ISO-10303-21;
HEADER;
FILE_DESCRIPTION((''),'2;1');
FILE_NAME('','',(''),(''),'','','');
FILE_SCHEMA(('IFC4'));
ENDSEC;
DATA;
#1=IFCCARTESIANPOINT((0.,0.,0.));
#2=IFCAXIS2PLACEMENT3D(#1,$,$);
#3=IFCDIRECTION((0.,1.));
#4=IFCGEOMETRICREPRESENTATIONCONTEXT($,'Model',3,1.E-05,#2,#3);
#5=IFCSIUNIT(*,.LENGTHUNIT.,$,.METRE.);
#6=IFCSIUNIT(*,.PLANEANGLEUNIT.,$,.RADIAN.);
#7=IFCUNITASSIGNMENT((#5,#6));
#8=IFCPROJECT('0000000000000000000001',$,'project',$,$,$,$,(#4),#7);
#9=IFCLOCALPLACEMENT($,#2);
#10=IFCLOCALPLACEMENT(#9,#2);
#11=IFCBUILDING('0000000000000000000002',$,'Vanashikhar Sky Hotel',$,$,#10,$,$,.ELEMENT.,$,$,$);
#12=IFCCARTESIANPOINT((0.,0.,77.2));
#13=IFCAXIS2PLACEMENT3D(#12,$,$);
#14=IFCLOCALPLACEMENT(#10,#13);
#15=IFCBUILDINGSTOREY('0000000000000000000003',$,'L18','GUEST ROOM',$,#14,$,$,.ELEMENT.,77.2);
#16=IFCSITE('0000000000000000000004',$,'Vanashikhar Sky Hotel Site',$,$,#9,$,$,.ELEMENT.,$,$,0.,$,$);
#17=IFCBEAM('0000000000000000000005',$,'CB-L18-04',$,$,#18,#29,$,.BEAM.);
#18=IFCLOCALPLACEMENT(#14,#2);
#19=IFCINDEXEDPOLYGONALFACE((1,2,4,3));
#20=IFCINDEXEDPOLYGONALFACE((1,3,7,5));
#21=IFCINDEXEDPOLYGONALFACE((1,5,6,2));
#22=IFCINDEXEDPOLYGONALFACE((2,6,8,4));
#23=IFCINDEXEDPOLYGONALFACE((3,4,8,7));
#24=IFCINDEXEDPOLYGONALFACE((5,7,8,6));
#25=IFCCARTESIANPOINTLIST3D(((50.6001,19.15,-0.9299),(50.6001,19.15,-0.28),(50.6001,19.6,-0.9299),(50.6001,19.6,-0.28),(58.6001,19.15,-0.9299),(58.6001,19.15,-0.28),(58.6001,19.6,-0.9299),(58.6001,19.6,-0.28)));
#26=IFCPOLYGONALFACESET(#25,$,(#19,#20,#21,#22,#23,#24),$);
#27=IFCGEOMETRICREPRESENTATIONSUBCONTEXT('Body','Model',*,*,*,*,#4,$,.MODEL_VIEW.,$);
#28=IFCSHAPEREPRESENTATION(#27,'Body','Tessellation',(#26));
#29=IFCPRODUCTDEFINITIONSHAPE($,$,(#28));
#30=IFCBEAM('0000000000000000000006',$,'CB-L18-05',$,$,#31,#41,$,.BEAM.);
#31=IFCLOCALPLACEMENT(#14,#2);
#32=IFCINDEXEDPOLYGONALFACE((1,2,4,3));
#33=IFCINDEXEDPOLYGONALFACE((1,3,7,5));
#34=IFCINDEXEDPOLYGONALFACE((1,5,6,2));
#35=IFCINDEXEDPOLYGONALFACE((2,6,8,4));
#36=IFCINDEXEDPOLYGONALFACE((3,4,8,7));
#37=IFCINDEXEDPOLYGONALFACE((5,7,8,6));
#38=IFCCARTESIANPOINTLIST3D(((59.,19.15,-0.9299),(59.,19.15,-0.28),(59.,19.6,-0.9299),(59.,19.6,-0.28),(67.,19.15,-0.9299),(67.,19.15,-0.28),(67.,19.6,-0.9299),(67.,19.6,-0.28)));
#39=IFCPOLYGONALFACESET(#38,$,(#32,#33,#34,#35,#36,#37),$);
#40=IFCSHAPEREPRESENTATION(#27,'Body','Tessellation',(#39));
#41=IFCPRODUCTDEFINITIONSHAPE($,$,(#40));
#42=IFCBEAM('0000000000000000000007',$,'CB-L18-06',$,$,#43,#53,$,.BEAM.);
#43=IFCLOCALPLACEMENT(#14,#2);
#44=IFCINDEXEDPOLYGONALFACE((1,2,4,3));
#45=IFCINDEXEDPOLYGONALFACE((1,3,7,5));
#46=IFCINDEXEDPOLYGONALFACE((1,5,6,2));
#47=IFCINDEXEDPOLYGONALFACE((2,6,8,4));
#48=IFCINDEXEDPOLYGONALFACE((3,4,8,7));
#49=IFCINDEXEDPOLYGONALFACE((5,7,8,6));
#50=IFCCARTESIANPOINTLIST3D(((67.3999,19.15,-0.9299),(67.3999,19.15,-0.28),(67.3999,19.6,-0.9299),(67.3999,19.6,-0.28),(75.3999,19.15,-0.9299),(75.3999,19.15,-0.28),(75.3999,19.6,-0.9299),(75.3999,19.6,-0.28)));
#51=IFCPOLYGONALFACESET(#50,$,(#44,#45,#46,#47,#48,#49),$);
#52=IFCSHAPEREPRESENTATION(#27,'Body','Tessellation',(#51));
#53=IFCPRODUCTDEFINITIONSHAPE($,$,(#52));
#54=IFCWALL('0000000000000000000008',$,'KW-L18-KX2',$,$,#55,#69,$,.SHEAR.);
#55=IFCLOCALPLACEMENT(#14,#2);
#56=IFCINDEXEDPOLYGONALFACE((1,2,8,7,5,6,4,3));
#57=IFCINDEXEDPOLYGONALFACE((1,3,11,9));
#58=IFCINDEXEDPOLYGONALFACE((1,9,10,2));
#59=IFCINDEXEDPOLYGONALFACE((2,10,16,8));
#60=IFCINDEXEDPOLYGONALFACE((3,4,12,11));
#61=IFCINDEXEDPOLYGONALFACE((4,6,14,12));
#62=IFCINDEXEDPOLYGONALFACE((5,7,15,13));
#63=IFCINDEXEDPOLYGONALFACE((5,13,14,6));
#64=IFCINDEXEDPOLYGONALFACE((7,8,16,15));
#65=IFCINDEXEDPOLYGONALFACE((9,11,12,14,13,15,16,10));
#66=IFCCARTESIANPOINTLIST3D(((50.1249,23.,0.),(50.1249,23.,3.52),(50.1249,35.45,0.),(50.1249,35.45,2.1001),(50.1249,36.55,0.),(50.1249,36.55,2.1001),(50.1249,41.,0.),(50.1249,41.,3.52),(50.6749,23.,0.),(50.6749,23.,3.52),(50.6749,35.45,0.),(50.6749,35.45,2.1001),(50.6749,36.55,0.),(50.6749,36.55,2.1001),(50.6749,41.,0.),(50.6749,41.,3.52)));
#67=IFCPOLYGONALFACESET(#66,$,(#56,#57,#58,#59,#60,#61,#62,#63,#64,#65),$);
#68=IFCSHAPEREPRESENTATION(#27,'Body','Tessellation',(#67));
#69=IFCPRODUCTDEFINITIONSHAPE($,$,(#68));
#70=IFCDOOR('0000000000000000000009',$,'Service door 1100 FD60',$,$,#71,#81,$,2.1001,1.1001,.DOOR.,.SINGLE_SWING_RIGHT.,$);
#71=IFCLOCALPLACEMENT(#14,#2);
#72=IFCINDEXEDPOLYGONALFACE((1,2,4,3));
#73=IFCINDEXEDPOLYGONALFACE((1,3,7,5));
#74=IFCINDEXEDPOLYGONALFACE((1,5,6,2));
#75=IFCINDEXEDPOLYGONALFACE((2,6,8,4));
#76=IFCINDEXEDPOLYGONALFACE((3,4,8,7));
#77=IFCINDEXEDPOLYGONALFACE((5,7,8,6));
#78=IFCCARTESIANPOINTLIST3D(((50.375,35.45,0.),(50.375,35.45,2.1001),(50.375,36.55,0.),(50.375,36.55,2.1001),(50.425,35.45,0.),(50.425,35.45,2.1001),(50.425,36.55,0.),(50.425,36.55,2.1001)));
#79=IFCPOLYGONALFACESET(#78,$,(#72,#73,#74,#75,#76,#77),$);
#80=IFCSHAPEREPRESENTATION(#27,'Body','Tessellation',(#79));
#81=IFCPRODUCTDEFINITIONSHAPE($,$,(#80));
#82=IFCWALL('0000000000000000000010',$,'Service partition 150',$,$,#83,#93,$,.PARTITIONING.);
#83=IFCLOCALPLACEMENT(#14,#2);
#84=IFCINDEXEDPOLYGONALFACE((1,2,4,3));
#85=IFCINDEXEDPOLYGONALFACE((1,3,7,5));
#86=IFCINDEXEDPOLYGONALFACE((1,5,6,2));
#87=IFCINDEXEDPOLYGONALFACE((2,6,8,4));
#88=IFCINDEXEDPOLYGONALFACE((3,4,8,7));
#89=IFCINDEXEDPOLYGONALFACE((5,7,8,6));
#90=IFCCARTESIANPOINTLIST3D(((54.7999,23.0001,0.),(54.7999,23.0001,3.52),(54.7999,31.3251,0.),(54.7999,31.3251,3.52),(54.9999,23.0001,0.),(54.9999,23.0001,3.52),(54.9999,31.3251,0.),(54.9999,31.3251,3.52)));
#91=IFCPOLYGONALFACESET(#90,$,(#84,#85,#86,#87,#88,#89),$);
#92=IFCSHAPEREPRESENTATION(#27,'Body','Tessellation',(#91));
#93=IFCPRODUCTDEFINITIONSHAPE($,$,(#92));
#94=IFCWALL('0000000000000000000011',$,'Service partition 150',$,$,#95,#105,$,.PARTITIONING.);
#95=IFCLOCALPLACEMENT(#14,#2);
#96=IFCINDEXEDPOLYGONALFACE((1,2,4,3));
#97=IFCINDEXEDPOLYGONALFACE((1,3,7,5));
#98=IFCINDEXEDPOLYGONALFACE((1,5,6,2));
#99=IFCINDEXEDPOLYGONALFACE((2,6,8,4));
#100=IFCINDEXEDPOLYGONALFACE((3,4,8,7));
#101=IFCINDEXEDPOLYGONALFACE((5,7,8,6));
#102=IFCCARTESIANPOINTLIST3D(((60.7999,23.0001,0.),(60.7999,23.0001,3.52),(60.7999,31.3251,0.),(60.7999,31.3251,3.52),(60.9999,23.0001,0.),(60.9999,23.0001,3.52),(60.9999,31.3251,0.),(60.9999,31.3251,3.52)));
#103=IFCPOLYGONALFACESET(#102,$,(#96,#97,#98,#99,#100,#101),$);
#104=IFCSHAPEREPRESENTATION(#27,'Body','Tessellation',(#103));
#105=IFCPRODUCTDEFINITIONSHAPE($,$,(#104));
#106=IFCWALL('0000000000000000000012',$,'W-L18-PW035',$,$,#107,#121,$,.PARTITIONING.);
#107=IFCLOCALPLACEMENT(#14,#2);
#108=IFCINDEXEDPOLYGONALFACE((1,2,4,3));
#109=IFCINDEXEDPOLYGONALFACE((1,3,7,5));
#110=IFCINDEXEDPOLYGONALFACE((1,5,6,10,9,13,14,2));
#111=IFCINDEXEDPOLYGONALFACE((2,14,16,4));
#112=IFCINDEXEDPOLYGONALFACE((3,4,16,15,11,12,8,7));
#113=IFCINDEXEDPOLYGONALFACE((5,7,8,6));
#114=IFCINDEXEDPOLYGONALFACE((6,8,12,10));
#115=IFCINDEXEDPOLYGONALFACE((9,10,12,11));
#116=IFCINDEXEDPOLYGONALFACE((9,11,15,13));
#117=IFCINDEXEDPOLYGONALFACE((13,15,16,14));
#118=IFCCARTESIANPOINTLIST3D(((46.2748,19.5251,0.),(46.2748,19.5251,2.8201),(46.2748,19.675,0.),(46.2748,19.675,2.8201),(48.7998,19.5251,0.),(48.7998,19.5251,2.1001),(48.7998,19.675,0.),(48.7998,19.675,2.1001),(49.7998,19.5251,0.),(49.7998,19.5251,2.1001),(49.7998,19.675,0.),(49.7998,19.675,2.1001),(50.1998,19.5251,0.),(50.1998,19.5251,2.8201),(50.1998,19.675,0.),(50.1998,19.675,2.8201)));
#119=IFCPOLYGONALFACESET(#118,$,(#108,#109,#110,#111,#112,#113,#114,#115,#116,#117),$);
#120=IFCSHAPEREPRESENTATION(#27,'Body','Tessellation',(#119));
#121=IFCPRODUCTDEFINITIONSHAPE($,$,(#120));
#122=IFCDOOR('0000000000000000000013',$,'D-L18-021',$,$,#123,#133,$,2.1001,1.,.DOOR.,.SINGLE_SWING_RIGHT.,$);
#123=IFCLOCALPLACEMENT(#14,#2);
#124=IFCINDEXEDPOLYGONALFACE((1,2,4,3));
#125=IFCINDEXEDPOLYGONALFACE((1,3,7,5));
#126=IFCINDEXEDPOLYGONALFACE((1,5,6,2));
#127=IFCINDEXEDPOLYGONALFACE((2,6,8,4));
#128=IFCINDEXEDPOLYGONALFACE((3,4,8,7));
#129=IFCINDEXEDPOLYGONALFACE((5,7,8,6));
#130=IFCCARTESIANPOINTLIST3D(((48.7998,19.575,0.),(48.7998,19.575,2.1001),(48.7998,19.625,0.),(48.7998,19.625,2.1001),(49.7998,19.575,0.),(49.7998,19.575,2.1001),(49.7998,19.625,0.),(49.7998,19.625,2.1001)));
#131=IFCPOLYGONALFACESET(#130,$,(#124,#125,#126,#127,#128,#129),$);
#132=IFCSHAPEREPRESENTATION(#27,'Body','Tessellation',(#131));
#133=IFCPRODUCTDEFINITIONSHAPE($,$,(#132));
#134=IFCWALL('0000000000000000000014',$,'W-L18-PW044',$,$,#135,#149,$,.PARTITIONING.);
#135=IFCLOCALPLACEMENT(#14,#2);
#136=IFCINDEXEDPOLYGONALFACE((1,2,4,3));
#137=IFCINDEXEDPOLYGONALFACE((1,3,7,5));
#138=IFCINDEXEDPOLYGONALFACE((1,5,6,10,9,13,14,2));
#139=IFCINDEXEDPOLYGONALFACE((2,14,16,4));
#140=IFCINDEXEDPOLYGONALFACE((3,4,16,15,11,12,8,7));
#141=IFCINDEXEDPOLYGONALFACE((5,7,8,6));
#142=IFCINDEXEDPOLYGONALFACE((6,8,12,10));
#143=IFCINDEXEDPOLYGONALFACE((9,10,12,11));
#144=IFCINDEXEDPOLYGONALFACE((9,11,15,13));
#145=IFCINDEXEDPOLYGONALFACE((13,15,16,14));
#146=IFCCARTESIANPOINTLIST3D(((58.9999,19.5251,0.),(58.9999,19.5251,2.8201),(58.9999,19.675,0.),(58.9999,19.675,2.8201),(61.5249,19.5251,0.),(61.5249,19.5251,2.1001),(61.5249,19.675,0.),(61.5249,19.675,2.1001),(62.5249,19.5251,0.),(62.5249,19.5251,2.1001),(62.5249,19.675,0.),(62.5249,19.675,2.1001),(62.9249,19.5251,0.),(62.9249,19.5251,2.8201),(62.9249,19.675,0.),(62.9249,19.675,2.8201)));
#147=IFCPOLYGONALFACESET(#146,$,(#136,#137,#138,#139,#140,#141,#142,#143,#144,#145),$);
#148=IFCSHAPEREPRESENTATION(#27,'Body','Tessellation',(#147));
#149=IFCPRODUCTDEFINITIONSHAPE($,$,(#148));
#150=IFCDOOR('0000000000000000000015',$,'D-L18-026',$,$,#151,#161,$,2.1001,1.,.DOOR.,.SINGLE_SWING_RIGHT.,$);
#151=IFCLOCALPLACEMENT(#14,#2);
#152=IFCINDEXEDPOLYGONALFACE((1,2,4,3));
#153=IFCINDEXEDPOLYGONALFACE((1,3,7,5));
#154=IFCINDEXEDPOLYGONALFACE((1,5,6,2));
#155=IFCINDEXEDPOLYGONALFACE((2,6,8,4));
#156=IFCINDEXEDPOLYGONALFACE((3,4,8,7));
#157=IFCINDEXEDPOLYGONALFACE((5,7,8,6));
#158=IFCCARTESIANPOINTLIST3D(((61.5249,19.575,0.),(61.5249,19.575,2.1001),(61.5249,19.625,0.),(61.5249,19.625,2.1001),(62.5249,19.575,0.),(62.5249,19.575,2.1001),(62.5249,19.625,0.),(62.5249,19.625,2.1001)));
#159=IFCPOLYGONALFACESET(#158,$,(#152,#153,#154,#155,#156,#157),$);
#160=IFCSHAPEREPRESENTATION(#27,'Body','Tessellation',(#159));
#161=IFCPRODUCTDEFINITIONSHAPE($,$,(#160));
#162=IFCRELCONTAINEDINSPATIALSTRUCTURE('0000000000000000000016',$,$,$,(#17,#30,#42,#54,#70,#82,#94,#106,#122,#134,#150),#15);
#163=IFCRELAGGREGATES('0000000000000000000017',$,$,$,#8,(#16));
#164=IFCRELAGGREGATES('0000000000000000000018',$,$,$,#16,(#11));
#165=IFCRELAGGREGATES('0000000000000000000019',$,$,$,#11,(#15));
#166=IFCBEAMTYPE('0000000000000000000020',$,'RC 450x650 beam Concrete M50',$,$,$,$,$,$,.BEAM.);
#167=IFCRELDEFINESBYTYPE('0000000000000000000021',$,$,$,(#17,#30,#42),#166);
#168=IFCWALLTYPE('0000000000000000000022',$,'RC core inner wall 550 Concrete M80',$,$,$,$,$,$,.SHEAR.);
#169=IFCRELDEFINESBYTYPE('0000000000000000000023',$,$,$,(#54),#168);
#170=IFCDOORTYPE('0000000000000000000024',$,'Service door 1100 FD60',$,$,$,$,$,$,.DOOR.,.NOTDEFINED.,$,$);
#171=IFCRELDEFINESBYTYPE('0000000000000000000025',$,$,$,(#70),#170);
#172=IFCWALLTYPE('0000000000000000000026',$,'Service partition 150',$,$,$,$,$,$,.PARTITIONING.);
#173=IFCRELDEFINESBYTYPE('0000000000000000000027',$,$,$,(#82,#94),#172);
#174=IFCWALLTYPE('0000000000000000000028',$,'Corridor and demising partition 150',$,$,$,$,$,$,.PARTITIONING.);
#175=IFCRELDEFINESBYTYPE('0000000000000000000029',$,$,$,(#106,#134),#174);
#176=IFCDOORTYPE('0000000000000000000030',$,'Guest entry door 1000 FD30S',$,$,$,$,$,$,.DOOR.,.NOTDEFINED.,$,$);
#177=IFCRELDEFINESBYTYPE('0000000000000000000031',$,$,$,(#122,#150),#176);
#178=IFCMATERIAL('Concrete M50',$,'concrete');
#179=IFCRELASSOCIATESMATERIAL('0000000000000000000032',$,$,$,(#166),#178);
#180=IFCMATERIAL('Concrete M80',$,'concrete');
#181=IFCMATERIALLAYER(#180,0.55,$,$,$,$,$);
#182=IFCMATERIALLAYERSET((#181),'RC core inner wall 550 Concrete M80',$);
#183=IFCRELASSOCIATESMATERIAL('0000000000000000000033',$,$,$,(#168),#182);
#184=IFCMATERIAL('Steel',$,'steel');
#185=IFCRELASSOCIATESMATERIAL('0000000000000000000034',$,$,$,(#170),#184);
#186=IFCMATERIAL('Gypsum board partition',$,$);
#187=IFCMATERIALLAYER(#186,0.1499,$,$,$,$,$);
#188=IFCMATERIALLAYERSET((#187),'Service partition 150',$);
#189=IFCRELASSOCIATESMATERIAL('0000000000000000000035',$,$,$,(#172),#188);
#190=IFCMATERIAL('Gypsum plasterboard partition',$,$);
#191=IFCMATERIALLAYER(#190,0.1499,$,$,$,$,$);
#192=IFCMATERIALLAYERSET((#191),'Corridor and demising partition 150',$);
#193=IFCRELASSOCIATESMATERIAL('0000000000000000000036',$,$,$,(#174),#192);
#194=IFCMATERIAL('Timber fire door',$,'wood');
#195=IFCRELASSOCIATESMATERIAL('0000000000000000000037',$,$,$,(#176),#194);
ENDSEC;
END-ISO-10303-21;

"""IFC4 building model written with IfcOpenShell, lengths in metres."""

from ifc_helpers import new_model, si_unit, direction, frame, frame_2d, origin, origin_2d, place, context, subcontext, project, spatial, rectangle, extrude, source, transform, mapped, material, layer, layer_set, material_profile, profile_set, type_object, element, fill, save


model = new_model("IFC4")

# Units and contexts
model_context = context("Model", 3, precision=1e-05, world=origin(), true_north=direction((0.0, 1.0)))
body_context = subcontext(model_context, "Body", "Model", "MODEL_VIEW")
ifc_project = project(units=[si_unit("LENGTHUNIT", "METRE"), si_unit("PLANEANGLEUNIT", "RADIAN")], contexts=[model_context])

# Site, building, storey
site_placement = place(None, origin())
site = spatial("IfcSite", under=ifc_project, at=site_placement, Name="Vanashikhar Sky Hotel Site", CompositionType="ELEMENT", RefElevation=0.0)
building_placement = place(site_placement, origin())
building = spatial("IfcBuilding", under=site, at=building_placement, Name="Vanashikhar Sky Hotel", CompositionType="ELEMENT")
storey_placement = place(building_placement, frame((0.0, 0.0, 77.2)))
storey = spatial("IfcBuildingStorey", under=building, at=storey_placement, Name="L18", Description="GUEST ROOM", CompositionType="ELEMENT", Elevation=77.2)

# Beams
ifc_material_1 = material(Name="Concrete M50", Category="concrete")
ifc_material_profile = material_profile(ifc_material_1, rectangle(XDim=0.45, YDim=0.6499, at=origin_2d()))
ifc_profile_set = profile_set([ifc_material_profile], Name="RC 450x650 beam Concrete M50")
beam_type = type_object("IfcBeamType", Name="RC 450x650 beam Concrete M50", PredefinedType="BEAM", material=ifc_profile_set)
shared_shape_1 = source(origin(), body_context, "Body", "SweptSolid", [
    extrude(rectangle(XDim=0.45, YDim=0.6499, at=origin_2d()), origin(), (0.0, 0.0, 1.0), 8.0),
])
for number, where, z_axis, x_axis, name in (
    (1, (50.6001, 19.375, -0.605), (1.0, 0.0, 0.0), (0.0, 1.0, 0.0), "CB-L18-04"),
    (2, (59.0, 19.375, -0.605), (1.0, 0.0, 0.0), (0.0, 1.0, 0.0), "CB-L18-05"),
    (3, (67.3999, 19.375, -0.605), (1.0, 0.0, 0.0), (0.0, 1.0, 0.0), "CB-L18-06"),
):
    element("IfcBeam", number, at=place(storey_placement, frame(where, z_axis=z_axis, x_axis=x_axis)), inside=storey, type_object=beam_type, Name=name, PredefinedType="BEAM", context=body_context, shape_type="MappedRepresentation", body=[
        mapped(shared_shape_1, transform((0.0, 0.0, 0.0), scale=1.0)),
    ])

# Wall, opening, door
ifc_material_2 = material(Name="Concrete M80", Category="concrete")
ifc_layer_1 = layer(ifc_material_2, 0.55)
ifc_layer_set_1 = layer_set([ifc_layer_1], Name="RC core inner wall 550 Concrete M80")
wall_type_1 = type_object("IfcWallType", Name="RC core inner wall 550 Concrete M80", PredefinedType="SHEAR", material=ifc_layer_set_1)
shared_shape_2 = source(origin(), body_context, "Body", "SweptSolid", [
    extrude(rectangle(XDim=18.0, YDim=0.55, at=frame_2d((9.0, 0.0))), origin(), (0.0, 0.0, 1.0), 3.52),
])
wall_1_placement = place(storey_placement, frame((50.3999, 23.0, 0.0), z_axis=(0.0, 0.0, 1.0), x_axis=(0.0, 1.0, 0.0)))
wall_1 = element("IfcWall", 4, at=wall_1_placement, inside=storey, type_object=wall_type_1, Name="KW-L18-KX2", PredefinedType="SHEAR", context=body_context, shape_type="MappedRepresentation", body=[
    mapped(shared_shape_2, transform((0.0, 0.0, 0.0), scale=1.0)),
])
shared_shape_3 = source(origin(), body_context, "Body", "SweptSolid", [
    extrude(rectangle(XDim=1.1001, YDim=2.1001, at=frame_2d((0.55, 1.05))), frame((0.0, 0.2852, 0.0), z_axis=(0.0, -1.0, 0.0), x_axis=(1.0, 0.0, 0.0)), (0.0, 0.0, 1.0), 0.5701),
])
opening_1_placement = place(wall_1_placement, frame((12.45, 0.0, 0.0)))
opening_1 = element("IfcOpeningElement", 5, at=opening_1_placement, cuts=wall_1, PredefinedType="OPENING", context=body_context, shape_type="MappedRepresentation", body=[
    mapped(shared_shape_3, transform((0.0, 0.0, 0.0), scale=1.0)),
])
ifc_material_3 = material(Name="Steel", Category="steel")
door_type_1 = type_object("IfcDoorType", Name="Service door 1100 FD60", OperationType="NOTDEFINED", PredefinedType="DOOR", material=ifc_material_3)
shared_shape_4 = source(origin(), body_context, "Body", "SweptSolid", [
    extrude(rectangle(XDim=1.1001, YDim=2.1001, at=frame_2d((0.55, 1.05))), frame((0.0, 0.0249, 0.0), z_axis=(0.0, -1.0, 0.0), x_axis=(1.0, 0.0, 0.0)), (0.0, 0.0, 1.0), 0.05),
])
door_1_placement = place(opening_1_placement, origin())
door_1 = element("IfcDoor", 6, at=door_1_placement, inside=storey, type_object=door_type_1, Name="Service door 1100 FD60", OperationType="SINGLE_SWING_RIGHT", OverallHeight=2.1001, OverallWidth=1.1001, PredefinedType="DOOR", context=body_context, shape_type="MappedRepresentation", body=[
    mapped(shared_shape_4, transform((0.0, 0.0, 0.0), scale=1.0)),
])
fill(opening_1, door_1)

# Walls
ifc_material_4 = material(Name="Gypsum board partition")
ifc_layer_2 = layer(ifc_material_4, 0.1499)
ifc_layer_set_2 = layer_set([ifc_layer_2], Name="Service partition 150")
wall_type_2 = type_object("IfcWallType", Name="Service partition 150", PredefinedType="PARTITIONING", material=ifc_layer_set_2)
shared_shape_5 = source(origin(), body_context, "Body", "SweptSolid", [
    extrude(rectangle(XDim=8.325, YDim=0.2, at=frame_2d((4.1626, 0.0))), origin(), (0.0, 0.0, 1.0), 3.52),
])
for number, where, z_axis, x_axis, name in (
    (7, (54.8999, 23.0, 0.0), (0.0, 0.0, 1.0), (0.0, 1.0, 0.0), "Service partition 150"),
    (8, (60.8999, 23.0, 0.0), (0.0, 0.0, 1.0), (0.0, 1.0, 0.0), "Service partition 150"),
):
    element("IfcWall", number, at=place(storey_placement, frame(where, z_axis=z_axis, x_axis=x_axis)), inside=storey, type_object=wall_type_2, Name=name, PredefinedType="PARTITIONING", context=body_context, shape_type="MappedRepresentation", body=[
        mapped(shared_shape_5, transform((0.0, 0.0, 0.0), scale=1.0)),
    ])

# Walls, openings, doors
ifc_material_5 = material(Name="Gypsum plasterboard partition")
ifc_layer_3 = layer(ifc_material_5, 0.1499)
ifc_layer_set_3 = layer_set([ifc_layer_3], Name="Corridor and demising partition 150")
wall_type_3 = type_object("IfcWallType", Name="Corridor and demising partition 150", PredefinedType="PARTITIONING", material=ifc_layer_set_3)
shared_shape_6 = source(origin(), body_context, "Body", "SweptSolid", [
    extrude(rectangle(XDim=3.925, YDim=0.1499, at=frame_2d((1.9624, 0.0))), origin(), (0.0, 0.0, 1.0), 2.8201),
])
wall_2_placement = place(storey_placement, frame((46.2749, 19.6001, 0.0), z_axis=(0.0, 0.0, 1.0), x_axis=(1.0, 0.0, 0.0)))
wall_2 = element("IfcWall", 9, at=wall_2_placement, inside=storey, type_object=wall_type_3, Name="W-L18-PW035", PredefinedType="PARTITIONING", context=body_context, shape_type="MappedRepresentation", body=[
    mapped(shared_shape_6, transform((0.0, 0.0, 0.0), scale=1.0)),
])
shared_shape_7 = source(origin(), body_context, "Body", "SweptSolid", [
    extrude(rectangle(XDim=1.0, YDim=2.1001, at=frame_2d((0.5, 1.05))), frame((0.0, 0.085, 0.0), z_axis=(0.0, -1.0, 0.0), x_axis=(1.0, 0.0, 0.0)), (0.0, 0.0, 1.0), 0.1699),
])
opening_2_placement = place(wall_2_placement, frame((2.5249, 0.0, 0.0)))
opening_2 = element("IfcOpeningElement", 10, at=opening_2_placement, cuts=wall_2, PredefinedType="OPENING", context=body_context, shape_type="MappedRepresentation", body=[
    mapped(shared_shape_7, transform((0.0, 0.0, 0.0), scale=1.0)),
])
ifc_material_6 = material(Name="Timber fire door", Category="wood")
door_type_2 = type_object("IfcDoorType", Name="Guest entry door 1000 FD30S", OperationType="NOTDEFINED", PredefinedType="DOOR", material=ifc_material_6)
shared_shape_8 = source(origin(), body_context, "Body", "SweptSolid", [
    extrude(rectangle(XDim=1.0, YDim=2.1001, at=frame_2d((0.5, 1.05))), frame((0.0, 0.0249, 0.0), z_axis=(0.0, -1.0, 0.0), x_axis=(1.0, 0.0, 0.0)), (0.0, 0.0, 1.0), 0.05),
])
door_2_placement = place(opening_2_placement, origin())
door_2 = element("IfcDoor", 11, at=door_2_placement, inside=storey, type_object=door_type_2, Name="D-L18-021", OperationType="SINGLE_SWING_RIGHT", OverallHeight=2.1001, OverallWidth=1.0, PredefinedType="DOOR", context=body_context, shape_type="MappedRepresentation", body=[
    mapped(shared_shape_8, transform((0.0, 0.0, 0.0), scale=1.0)),
])
fill(opening_2, door_2)
wall_3_placement = place(storey_placement, frame((59.0, 19.6001, 0.0), z_axis=(0.0, 0.0, 1.0), x_axis=(1.0, 0.0, 0.0)))
wall_3 = element("IfcWall", 12, at=wall_3_placement, inside=storey, type_object=wall_type_3, Name="W-L18-PW044", PredefinedType="PARTITIONING", context=body_context, shape_type="MappedRepresentation", body=[
    mapped(shared_shape_6, transform((0.0, 0.0, 0.0), scale=1.0)),
])
opening_3_placement = place(wall_3_placement, frame((2.5249, 0.0, 0.0)))
opening_3 = element("IfcOpeningElement", 13, at=opening_3_placement, cuts=wall_3, PredefinedType="OPENING", context=body_context, shape_type="MappedRepresentation", body=[
    mapped(shared_shape_7, transform((0.0, 0.0, 0.0), scale=1.0)),
])
door_3_placement = place(opening_3_placement, origin())
door_3 = element("IfcDoor", 14, at=door_3_placement, inside=storey, type_object=door_type_2, Name="D-L18-026", OperationType="SINGLE_SWING_RIGHT", OverallHeight=2.1001, OverallWidth=1.0, PredefinedType="DOOR", context=body_context, shape_type="MappedRepresentation", body=[
    mapped(shared_shape_8, transform((0.0, 0.0, 0.0), scale=1.0)),
])
fill(opening_3, door_3)

save(model, "model.ifc")
